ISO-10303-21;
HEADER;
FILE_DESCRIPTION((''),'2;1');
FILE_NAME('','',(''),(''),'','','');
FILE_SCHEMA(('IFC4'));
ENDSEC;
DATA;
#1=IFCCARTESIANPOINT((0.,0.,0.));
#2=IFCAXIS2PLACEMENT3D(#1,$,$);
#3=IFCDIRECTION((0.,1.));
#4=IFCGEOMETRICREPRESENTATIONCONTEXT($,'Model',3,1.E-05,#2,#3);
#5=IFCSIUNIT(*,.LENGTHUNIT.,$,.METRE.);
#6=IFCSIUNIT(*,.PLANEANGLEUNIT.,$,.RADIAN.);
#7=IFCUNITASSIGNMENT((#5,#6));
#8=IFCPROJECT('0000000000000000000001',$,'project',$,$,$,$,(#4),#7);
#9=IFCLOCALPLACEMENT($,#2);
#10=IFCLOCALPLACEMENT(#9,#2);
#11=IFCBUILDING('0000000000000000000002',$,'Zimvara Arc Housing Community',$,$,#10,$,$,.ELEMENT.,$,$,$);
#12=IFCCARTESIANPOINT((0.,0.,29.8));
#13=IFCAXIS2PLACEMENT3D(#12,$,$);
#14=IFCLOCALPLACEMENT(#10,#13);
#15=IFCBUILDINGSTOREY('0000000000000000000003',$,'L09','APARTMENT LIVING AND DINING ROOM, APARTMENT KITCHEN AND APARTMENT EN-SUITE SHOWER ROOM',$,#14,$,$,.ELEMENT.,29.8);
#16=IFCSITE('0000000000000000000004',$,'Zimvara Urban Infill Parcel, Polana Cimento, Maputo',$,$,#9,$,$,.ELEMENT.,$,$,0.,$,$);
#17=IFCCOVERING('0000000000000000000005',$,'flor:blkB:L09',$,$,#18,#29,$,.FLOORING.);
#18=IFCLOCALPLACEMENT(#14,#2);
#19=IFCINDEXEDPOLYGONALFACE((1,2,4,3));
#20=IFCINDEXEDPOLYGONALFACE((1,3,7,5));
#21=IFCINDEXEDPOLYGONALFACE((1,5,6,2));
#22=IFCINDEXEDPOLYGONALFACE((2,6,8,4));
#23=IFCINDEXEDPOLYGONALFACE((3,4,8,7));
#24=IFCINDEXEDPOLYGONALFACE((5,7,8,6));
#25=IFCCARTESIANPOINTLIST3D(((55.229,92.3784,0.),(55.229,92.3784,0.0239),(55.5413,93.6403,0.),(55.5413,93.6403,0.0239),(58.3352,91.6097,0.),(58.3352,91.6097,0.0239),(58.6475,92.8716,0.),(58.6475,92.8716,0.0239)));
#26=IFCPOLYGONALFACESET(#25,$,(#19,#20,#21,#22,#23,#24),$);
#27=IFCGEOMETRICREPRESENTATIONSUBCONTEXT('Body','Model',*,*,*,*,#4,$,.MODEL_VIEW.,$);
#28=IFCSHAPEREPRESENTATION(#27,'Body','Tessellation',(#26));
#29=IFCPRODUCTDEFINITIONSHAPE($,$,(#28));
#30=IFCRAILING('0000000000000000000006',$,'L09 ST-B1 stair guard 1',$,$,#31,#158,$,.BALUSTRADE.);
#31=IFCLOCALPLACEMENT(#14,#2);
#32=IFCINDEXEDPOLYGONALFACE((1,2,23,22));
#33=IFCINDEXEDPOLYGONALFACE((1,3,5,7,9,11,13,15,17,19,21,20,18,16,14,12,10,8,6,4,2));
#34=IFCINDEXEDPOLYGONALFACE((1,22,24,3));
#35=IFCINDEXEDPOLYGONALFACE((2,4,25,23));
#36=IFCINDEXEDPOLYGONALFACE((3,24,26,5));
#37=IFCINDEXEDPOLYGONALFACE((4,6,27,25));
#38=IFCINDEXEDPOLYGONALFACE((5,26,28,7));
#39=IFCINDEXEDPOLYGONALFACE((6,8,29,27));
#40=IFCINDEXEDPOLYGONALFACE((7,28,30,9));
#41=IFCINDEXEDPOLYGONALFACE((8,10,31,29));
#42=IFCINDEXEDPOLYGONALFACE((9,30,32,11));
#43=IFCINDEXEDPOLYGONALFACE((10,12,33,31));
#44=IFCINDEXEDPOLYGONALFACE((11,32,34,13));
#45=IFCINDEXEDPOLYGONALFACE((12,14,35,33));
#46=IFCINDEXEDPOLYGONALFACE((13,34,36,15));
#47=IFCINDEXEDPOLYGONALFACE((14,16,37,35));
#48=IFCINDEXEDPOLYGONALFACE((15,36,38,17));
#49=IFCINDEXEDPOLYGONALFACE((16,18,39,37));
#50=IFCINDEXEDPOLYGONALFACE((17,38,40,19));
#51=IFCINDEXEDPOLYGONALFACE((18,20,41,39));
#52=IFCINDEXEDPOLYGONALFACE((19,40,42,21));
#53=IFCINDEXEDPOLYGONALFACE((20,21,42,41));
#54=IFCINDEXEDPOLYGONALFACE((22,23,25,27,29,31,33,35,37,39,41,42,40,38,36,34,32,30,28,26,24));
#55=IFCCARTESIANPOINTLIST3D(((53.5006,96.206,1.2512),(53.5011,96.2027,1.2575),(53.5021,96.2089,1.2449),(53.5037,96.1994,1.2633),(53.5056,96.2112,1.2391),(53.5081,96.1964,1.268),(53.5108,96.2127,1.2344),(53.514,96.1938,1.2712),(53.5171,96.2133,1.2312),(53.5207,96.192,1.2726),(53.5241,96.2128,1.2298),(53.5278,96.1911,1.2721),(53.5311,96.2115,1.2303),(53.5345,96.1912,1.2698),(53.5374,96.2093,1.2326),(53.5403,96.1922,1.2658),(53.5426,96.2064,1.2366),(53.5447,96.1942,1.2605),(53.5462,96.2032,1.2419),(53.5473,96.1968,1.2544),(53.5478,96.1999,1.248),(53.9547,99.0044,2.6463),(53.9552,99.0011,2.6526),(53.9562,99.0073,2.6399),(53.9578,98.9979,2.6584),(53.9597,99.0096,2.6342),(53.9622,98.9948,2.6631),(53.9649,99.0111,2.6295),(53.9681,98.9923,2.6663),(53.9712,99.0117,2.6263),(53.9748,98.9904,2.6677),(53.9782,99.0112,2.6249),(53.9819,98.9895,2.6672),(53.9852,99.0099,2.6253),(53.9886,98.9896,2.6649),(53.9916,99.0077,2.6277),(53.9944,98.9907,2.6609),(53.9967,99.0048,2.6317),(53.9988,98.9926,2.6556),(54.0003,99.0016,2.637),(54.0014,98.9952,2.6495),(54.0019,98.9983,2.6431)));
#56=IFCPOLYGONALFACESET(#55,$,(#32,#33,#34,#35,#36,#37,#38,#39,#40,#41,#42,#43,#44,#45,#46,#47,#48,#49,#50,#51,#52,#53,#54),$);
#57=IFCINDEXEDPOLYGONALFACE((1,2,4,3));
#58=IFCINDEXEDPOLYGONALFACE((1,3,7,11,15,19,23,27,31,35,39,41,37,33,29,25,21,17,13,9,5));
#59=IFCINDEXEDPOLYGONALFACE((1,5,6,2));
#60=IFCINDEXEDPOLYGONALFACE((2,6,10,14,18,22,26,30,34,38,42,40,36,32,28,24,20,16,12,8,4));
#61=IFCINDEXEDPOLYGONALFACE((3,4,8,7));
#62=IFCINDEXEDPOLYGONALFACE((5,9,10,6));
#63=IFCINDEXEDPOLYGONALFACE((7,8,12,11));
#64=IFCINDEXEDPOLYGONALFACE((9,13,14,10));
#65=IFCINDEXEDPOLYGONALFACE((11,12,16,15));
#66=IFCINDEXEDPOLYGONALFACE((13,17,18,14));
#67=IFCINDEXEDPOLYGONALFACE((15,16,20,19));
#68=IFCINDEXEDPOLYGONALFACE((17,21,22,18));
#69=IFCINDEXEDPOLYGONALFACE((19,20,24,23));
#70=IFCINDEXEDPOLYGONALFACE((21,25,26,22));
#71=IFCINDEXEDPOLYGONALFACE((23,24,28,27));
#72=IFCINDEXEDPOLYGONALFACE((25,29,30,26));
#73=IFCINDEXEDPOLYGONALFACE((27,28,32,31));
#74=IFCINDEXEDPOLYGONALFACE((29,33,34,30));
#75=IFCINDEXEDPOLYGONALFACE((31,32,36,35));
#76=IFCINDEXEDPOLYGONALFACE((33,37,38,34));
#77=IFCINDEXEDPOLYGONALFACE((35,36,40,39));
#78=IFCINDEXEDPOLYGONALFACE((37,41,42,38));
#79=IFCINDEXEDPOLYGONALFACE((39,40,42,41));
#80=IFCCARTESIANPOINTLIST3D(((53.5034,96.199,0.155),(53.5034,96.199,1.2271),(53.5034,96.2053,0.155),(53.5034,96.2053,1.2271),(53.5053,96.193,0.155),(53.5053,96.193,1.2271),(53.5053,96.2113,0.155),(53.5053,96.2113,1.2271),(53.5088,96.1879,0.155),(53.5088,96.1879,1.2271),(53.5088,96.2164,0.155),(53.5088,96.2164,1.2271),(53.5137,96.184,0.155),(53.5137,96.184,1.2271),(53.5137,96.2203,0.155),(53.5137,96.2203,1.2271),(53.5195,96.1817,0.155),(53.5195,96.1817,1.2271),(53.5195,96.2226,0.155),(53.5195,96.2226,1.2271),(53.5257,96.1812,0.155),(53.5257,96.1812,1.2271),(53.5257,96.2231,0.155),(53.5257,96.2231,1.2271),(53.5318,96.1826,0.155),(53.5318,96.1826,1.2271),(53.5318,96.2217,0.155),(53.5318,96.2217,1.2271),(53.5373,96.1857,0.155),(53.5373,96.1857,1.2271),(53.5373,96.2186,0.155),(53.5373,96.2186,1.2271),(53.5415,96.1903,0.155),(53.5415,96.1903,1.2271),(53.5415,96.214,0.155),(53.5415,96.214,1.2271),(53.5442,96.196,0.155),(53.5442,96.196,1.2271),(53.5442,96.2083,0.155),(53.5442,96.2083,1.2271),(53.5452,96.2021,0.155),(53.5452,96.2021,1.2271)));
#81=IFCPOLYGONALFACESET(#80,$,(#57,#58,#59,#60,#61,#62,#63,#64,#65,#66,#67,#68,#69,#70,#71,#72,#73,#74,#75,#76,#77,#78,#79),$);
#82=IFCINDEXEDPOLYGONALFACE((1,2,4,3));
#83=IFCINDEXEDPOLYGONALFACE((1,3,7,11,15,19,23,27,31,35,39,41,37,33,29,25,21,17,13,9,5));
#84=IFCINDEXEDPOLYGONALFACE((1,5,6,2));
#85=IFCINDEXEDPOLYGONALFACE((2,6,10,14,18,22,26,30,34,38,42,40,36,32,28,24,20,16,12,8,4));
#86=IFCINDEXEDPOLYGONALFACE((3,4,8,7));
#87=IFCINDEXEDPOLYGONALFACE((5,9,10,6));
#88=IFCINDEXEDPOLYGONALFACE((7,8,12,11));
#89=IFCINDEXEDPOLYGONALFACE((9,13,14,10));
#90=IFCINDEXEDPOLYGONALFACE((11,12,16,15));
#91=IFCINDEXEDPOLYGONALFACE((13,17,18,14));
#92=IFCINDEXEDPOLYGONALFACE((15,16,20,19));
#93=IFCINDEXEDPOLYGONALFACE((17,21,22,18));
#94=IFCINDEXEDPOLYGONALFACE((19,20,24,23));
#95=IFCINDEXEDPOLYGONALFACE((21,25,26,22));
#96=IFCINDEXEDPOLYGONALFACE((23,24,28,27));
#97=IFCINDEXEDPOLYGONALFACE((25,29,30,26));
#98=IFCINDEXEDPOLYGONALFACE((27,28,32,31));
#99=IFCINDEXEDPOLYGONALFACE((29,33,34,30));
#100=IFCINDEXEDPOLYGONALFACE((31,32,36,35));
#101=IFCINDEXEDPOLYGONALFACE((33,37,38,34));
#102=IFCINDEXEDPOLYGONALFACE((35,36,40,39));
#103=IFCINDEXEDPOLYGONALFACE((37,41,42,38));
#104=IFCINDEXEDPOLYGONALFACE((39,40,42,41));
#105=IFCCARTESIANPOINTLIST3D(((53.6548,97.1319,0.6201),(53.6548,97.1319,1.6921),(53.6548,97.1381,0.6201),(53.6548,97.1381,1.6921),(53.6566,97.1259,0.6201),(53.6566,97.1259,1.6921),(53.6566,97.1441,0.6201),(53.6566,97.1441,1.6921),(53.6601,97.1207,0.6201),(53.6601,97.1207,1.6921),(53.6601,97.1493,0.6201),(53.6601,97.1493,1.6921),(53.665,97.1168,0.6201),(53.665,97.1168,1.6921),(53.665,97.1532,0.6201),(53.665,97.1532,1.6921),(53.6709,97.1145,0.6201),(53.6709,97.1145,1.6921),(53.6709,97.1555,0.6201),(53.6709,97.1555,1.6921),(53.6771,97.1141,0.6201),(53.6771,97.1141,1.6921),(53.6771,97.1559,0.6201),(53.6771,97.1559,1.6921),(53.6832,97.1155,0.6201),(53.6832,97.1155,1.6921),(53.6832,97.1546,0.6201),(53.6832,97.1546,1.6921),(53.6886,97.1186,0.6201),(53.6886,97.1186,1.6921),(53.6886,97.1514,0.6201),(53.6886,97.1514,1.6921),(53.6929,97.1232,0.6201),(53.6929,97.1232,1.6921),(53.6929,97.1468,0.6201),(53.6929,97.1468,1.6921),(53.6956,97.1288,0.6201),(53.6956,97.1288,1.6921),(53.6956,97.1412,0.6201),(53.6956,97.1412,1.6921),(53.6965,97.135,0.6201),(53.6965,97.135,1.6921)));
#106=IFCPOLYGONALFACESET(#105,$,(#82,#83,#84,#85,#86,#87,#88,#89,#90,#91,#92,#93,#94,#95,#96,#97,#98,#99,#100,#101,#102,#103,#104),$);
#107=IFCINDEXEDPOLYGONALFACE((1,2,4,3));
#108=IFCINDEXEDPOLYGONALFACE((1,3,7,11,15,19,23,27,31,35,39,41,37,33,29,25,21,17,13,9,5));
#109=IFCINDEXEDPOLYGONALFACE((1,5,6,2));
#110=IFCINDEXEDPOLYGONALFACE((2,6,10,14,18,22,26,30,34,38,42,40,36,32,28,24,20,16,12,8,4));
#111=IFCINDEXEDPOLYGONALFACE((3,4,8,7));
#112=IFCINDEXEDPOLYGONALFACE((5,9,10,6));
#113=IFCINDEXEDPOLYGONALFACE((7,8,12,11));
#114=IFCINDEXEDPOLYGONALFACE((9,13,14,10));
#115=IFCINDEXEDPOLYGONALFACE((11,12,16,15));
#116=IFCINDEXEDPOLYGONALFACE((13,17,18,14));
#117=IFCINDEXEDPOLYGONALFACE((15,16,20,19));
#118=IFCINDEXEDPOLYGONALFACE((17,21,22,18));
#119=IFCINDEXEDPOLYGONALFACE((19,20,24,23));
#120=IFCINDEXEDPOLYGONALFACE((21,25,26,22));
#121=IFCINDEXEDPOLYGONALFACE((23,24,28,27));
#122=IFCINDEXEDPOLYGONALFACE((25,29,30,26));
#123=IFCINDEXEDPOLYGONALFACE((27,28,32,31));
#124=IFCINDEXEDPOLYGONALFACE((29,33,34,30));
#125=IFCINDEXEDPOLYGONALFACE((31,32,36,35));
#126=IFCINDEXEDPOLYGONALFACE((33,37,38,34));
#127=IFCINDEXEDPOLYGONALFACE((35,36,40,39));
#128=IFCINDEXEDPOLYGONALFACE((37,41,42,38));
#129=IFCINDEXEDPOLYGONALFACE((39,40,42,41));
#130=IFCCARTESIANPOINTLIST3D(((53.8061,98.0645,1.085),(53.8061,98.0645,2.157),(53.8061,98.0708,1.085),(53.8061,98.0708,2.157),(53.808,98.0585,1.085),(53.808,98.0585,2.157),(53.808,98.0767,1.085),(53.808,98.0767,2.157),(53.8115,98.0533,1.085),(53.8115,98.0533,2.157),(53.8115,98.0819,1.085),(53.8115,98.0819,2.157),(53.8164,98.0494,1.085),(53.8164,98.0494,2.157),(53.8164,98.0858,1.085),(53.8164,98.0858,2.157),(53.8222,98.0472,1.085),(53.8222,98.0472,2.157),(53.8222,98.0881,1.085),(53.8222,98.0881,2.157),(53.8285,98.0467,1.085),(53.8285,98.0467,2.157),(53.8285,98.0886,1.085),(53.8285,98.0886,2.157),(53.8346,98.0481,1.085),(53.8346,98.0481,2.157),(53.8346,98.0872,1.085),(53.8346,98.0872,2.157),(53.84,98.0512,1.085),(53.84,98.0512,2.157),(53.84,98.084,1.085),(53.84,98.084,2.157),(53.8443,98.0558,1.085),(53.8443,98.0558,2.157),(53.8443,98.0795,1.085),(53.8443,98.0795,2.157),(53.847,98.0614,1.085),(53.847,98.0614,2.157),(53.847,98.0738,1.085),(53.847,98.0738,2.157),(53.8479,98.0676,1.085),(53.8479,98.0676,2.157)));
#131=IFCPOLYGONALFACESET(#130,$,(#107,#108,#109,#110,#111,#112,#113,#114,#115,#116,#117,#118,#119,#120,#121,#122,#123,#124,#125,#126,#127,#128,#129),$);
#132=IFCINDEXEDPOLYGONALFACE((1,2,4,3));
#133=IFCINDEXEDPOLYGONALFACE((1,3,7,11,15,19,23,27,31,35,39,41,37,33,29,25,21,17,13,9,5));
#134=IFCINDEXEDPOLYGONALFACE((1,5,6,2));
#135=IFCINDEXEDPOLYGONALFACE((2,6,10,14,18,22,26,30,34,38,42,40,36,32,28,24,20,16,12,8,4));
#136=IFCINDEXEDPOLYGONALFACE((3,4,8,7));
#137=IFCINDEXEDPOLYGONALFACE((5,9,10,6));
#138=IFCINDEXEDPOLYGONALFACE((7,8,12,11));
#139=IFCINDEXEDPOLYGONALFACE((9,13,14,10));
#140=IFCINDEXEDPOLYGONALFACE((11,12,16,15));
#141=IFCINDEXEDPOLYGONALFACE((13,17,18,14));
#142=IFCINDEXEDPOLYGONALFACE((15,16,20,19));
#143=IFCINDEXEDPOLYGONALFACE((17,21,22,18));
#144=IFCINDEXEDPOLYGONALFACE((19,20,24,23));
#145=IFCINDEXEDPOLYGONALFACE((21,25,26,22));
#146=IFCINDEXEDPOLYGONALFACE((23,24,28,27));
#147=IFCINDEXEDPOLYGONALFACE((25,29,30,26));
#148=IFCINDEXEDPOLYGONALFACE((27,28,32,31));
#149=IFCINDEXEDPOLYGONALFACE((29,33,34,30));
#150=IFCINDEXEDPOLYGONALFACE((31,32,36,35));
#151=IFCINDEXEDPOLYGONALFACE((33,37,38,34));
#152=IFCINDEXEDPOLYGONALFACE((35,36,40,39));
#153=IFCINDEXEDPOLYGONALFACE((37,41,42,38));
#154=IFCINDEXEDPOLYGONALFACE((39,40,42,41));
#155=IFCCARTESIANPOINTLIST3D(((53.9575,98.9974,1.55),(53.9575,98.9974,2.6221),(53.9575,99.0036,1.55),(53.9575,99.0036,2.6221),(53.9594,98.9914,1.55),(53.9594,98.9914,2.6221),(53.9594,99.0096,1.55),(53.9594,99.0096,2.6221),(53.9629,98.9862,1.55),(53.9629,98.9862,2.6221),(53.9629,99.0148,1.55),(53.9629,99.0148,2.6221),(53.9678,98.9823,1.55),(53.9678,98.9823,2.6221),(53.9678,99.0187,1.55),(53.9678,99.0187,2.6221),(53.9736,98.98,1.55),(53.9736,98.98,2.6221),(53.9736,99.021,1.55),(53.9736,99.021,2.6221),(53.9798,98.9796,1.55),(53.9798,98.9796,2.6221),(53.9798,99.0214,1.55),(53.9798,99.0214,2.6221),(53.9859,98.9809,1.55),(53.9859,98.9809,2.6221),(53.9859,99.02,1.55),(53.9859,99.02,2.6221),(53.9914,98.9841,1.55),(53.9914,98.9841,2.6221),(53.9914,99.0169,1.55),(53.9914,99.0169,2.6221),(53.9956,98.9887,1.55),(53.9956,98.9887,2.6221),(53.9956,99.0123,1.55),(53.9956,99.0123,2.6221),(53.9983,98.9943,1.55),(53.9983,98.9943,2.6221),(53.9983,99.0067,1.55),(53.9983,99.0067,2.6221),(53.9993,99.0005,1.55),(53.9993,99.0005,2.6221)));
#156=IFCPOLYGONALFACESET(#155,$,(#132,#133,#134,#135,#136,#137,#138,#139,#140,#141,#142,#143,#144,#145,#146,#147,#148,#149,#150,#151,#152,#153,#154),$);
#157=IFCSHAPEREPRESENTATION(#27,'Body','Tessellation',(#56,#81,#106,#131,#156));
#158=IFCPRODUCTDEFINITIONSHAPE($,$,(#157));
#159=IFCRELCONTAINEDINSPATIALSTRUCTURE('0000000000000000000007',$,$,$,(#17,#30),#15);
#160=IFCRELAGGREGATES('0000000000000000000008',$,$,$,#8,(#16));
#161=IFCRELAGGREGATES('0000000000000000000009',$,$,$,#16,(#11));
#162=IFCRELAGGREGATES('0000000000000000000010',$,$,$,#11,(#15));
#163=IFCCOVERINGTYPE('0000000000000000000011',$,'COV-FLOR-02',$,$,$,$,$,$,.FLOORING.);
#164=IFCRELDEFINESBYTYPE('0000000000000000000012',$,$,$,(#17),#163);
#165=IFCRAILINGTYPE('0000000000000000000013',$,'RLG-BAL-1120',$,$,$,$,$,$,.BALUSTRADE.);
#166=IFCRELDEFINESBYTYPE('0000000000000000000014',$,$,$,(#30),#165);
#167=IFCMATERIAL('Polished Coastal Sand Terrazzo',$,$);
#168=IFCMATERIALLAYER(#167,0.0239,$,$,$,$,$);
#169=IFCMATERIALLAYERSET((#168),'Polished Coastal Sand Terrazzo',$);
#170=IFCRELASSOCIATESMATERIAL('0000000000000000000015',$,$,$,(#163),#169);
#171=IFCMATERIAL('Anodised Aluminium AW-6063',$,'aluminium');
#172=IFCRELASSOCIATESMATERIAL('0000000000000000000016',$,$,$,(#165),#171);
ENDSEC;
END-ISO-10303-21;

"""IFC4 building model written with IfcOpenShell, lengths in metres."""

from ifc_helpers import new_model, si_unit, direction, frame, origin, origin_2d, place, context, subcontext, project, spatial, rectangle, circle, extrude, material, layer, layer_set, type_object, element, save


model = new_model("IFC4")

# Units and contexts
model_context = context("Model", 3, precision=1e-05, world=origin(), true_north=direction((0.0, 1.0)))
body_context = subcontext(model_context, "Body", "Model", "MODEL_VIEW")
ifc_project = project(units=[si_unit("LENGTHUNIT", "METRE"), si_unit("PLANEANGLEUNIT", "RADIAN")], contexts=[model_context])

# Site, building, storey
site_placement = place(None, origin())
site = spatial("IfcSite", under=ifc_project, at=site_placement, Name="Zimvara Urban Infill Parcel, Polana Cimento, Maputo", CompositionType="ELEMENT", RefElevation=0.0)
building_placement = place(site_placement, origin())
building = spatial("IfcBuilding", under=site, at=building_placement, Name="Zimvara Arc Housing Community", CompositionType="ELEMENT")
storey_placement = place(building_placement, frame((0.0, 0.0, 29.8)))
storey = spatial("IfcBuildingStorey", under=building, at=storey_placement, Name="L09", Description="APARTMENT LIVING AND DINING ROOM, APARTMENT KITCHEN AND APARTMENT EN-SUITE SHOWER ROOM", CompositionType="ELEMENT", Elevation=29.8)

# Covering
ifc_material_1 = material(Name="Polished Coastal Sand Terrazzo")
ifc_layer_1 = layer(ifc_material_1, 0.0239)
ifc_layer_set_1 = layer_set([ifc_layer_1], Name="Polished Coastal Sand Terrazzo")
covering_type_1 = type_object("IfcCoveringType", Name="COV-FLOR-02", PredefinedType="FLOORING", material=ifc_layer_set_1)
covering_1_placement = place(storey_placement, frame((56.9382, 92.625, 0.0), z_axis=(0.0, 0.0, 1.0), x_axis=(0.240228, 0.970716, 0.0)))
element("IfcCovering", 1, at=covering_1_placement, inside=storey, type_object=covering_type_1, Name="flor:blkB:L09", PredefinedType="FLOORING", context=body_context, shape_type="SweptSolid", body=[
    extrude(rectangle(XDim=1.3, YDim=3.2, at=origin_2d()), origin(), (0.0, 0.0, 1.0), 0.0239),
])

# Railing
ifc_material_2 = material(Name="Anodised Aluminium AW-6063", Category="aluminium")
railing_type_1 = type_object("IfcRailingType", Name="RLG-BAL-1120", PredefinedType="BALUSTRADE", material=ifc_material_2)
railing_1_placement = place(storey_placement, frame((53.5242, 96.2021, 0.155)))
element("IfcRailing", 2, at=railing_1_placement, inside=storey, type_object=railing_type_1, Name="L09 ST-B1 stair guard 1", PredefinedType="BALUSTRADE", context=body_context, shape_type="SweptSolid", body=[
    extrude(circle(Radius=0.0239, at=origin_2d()), frame((0.0, 0.0, 1.0962), z_axis=(0.143722, 0.885666, 0.44152), x_axis=(-0.987088, 0.16018, 0.0)), (0.0, 0.0, 1.0), 3.1597),
    extrude(circle(Radius=0.021, at=origin_2d()), origin(), (0.0, 0.0, 1.0), 1.072),
    extrude(circle(Radius=0.021, at=origin_2d()), frame((0.1514, 0.9329, 0.4651)), (0.0, 0.0, 1.0), 1.072),
    extrude(circle(Radius=0.021, at=origin_2d()), frame((0.3027, 1.8655, 0.9299)), (0.0, 0.0, 1.0), 1.072),
    extrude(circle(Radius=0.021, at=origin_2d()), frame((0.4541, 2.7983, 1.395)), (0.0, 0.0, 1.0), 1.072),
])

save(model, "model.ifc")
